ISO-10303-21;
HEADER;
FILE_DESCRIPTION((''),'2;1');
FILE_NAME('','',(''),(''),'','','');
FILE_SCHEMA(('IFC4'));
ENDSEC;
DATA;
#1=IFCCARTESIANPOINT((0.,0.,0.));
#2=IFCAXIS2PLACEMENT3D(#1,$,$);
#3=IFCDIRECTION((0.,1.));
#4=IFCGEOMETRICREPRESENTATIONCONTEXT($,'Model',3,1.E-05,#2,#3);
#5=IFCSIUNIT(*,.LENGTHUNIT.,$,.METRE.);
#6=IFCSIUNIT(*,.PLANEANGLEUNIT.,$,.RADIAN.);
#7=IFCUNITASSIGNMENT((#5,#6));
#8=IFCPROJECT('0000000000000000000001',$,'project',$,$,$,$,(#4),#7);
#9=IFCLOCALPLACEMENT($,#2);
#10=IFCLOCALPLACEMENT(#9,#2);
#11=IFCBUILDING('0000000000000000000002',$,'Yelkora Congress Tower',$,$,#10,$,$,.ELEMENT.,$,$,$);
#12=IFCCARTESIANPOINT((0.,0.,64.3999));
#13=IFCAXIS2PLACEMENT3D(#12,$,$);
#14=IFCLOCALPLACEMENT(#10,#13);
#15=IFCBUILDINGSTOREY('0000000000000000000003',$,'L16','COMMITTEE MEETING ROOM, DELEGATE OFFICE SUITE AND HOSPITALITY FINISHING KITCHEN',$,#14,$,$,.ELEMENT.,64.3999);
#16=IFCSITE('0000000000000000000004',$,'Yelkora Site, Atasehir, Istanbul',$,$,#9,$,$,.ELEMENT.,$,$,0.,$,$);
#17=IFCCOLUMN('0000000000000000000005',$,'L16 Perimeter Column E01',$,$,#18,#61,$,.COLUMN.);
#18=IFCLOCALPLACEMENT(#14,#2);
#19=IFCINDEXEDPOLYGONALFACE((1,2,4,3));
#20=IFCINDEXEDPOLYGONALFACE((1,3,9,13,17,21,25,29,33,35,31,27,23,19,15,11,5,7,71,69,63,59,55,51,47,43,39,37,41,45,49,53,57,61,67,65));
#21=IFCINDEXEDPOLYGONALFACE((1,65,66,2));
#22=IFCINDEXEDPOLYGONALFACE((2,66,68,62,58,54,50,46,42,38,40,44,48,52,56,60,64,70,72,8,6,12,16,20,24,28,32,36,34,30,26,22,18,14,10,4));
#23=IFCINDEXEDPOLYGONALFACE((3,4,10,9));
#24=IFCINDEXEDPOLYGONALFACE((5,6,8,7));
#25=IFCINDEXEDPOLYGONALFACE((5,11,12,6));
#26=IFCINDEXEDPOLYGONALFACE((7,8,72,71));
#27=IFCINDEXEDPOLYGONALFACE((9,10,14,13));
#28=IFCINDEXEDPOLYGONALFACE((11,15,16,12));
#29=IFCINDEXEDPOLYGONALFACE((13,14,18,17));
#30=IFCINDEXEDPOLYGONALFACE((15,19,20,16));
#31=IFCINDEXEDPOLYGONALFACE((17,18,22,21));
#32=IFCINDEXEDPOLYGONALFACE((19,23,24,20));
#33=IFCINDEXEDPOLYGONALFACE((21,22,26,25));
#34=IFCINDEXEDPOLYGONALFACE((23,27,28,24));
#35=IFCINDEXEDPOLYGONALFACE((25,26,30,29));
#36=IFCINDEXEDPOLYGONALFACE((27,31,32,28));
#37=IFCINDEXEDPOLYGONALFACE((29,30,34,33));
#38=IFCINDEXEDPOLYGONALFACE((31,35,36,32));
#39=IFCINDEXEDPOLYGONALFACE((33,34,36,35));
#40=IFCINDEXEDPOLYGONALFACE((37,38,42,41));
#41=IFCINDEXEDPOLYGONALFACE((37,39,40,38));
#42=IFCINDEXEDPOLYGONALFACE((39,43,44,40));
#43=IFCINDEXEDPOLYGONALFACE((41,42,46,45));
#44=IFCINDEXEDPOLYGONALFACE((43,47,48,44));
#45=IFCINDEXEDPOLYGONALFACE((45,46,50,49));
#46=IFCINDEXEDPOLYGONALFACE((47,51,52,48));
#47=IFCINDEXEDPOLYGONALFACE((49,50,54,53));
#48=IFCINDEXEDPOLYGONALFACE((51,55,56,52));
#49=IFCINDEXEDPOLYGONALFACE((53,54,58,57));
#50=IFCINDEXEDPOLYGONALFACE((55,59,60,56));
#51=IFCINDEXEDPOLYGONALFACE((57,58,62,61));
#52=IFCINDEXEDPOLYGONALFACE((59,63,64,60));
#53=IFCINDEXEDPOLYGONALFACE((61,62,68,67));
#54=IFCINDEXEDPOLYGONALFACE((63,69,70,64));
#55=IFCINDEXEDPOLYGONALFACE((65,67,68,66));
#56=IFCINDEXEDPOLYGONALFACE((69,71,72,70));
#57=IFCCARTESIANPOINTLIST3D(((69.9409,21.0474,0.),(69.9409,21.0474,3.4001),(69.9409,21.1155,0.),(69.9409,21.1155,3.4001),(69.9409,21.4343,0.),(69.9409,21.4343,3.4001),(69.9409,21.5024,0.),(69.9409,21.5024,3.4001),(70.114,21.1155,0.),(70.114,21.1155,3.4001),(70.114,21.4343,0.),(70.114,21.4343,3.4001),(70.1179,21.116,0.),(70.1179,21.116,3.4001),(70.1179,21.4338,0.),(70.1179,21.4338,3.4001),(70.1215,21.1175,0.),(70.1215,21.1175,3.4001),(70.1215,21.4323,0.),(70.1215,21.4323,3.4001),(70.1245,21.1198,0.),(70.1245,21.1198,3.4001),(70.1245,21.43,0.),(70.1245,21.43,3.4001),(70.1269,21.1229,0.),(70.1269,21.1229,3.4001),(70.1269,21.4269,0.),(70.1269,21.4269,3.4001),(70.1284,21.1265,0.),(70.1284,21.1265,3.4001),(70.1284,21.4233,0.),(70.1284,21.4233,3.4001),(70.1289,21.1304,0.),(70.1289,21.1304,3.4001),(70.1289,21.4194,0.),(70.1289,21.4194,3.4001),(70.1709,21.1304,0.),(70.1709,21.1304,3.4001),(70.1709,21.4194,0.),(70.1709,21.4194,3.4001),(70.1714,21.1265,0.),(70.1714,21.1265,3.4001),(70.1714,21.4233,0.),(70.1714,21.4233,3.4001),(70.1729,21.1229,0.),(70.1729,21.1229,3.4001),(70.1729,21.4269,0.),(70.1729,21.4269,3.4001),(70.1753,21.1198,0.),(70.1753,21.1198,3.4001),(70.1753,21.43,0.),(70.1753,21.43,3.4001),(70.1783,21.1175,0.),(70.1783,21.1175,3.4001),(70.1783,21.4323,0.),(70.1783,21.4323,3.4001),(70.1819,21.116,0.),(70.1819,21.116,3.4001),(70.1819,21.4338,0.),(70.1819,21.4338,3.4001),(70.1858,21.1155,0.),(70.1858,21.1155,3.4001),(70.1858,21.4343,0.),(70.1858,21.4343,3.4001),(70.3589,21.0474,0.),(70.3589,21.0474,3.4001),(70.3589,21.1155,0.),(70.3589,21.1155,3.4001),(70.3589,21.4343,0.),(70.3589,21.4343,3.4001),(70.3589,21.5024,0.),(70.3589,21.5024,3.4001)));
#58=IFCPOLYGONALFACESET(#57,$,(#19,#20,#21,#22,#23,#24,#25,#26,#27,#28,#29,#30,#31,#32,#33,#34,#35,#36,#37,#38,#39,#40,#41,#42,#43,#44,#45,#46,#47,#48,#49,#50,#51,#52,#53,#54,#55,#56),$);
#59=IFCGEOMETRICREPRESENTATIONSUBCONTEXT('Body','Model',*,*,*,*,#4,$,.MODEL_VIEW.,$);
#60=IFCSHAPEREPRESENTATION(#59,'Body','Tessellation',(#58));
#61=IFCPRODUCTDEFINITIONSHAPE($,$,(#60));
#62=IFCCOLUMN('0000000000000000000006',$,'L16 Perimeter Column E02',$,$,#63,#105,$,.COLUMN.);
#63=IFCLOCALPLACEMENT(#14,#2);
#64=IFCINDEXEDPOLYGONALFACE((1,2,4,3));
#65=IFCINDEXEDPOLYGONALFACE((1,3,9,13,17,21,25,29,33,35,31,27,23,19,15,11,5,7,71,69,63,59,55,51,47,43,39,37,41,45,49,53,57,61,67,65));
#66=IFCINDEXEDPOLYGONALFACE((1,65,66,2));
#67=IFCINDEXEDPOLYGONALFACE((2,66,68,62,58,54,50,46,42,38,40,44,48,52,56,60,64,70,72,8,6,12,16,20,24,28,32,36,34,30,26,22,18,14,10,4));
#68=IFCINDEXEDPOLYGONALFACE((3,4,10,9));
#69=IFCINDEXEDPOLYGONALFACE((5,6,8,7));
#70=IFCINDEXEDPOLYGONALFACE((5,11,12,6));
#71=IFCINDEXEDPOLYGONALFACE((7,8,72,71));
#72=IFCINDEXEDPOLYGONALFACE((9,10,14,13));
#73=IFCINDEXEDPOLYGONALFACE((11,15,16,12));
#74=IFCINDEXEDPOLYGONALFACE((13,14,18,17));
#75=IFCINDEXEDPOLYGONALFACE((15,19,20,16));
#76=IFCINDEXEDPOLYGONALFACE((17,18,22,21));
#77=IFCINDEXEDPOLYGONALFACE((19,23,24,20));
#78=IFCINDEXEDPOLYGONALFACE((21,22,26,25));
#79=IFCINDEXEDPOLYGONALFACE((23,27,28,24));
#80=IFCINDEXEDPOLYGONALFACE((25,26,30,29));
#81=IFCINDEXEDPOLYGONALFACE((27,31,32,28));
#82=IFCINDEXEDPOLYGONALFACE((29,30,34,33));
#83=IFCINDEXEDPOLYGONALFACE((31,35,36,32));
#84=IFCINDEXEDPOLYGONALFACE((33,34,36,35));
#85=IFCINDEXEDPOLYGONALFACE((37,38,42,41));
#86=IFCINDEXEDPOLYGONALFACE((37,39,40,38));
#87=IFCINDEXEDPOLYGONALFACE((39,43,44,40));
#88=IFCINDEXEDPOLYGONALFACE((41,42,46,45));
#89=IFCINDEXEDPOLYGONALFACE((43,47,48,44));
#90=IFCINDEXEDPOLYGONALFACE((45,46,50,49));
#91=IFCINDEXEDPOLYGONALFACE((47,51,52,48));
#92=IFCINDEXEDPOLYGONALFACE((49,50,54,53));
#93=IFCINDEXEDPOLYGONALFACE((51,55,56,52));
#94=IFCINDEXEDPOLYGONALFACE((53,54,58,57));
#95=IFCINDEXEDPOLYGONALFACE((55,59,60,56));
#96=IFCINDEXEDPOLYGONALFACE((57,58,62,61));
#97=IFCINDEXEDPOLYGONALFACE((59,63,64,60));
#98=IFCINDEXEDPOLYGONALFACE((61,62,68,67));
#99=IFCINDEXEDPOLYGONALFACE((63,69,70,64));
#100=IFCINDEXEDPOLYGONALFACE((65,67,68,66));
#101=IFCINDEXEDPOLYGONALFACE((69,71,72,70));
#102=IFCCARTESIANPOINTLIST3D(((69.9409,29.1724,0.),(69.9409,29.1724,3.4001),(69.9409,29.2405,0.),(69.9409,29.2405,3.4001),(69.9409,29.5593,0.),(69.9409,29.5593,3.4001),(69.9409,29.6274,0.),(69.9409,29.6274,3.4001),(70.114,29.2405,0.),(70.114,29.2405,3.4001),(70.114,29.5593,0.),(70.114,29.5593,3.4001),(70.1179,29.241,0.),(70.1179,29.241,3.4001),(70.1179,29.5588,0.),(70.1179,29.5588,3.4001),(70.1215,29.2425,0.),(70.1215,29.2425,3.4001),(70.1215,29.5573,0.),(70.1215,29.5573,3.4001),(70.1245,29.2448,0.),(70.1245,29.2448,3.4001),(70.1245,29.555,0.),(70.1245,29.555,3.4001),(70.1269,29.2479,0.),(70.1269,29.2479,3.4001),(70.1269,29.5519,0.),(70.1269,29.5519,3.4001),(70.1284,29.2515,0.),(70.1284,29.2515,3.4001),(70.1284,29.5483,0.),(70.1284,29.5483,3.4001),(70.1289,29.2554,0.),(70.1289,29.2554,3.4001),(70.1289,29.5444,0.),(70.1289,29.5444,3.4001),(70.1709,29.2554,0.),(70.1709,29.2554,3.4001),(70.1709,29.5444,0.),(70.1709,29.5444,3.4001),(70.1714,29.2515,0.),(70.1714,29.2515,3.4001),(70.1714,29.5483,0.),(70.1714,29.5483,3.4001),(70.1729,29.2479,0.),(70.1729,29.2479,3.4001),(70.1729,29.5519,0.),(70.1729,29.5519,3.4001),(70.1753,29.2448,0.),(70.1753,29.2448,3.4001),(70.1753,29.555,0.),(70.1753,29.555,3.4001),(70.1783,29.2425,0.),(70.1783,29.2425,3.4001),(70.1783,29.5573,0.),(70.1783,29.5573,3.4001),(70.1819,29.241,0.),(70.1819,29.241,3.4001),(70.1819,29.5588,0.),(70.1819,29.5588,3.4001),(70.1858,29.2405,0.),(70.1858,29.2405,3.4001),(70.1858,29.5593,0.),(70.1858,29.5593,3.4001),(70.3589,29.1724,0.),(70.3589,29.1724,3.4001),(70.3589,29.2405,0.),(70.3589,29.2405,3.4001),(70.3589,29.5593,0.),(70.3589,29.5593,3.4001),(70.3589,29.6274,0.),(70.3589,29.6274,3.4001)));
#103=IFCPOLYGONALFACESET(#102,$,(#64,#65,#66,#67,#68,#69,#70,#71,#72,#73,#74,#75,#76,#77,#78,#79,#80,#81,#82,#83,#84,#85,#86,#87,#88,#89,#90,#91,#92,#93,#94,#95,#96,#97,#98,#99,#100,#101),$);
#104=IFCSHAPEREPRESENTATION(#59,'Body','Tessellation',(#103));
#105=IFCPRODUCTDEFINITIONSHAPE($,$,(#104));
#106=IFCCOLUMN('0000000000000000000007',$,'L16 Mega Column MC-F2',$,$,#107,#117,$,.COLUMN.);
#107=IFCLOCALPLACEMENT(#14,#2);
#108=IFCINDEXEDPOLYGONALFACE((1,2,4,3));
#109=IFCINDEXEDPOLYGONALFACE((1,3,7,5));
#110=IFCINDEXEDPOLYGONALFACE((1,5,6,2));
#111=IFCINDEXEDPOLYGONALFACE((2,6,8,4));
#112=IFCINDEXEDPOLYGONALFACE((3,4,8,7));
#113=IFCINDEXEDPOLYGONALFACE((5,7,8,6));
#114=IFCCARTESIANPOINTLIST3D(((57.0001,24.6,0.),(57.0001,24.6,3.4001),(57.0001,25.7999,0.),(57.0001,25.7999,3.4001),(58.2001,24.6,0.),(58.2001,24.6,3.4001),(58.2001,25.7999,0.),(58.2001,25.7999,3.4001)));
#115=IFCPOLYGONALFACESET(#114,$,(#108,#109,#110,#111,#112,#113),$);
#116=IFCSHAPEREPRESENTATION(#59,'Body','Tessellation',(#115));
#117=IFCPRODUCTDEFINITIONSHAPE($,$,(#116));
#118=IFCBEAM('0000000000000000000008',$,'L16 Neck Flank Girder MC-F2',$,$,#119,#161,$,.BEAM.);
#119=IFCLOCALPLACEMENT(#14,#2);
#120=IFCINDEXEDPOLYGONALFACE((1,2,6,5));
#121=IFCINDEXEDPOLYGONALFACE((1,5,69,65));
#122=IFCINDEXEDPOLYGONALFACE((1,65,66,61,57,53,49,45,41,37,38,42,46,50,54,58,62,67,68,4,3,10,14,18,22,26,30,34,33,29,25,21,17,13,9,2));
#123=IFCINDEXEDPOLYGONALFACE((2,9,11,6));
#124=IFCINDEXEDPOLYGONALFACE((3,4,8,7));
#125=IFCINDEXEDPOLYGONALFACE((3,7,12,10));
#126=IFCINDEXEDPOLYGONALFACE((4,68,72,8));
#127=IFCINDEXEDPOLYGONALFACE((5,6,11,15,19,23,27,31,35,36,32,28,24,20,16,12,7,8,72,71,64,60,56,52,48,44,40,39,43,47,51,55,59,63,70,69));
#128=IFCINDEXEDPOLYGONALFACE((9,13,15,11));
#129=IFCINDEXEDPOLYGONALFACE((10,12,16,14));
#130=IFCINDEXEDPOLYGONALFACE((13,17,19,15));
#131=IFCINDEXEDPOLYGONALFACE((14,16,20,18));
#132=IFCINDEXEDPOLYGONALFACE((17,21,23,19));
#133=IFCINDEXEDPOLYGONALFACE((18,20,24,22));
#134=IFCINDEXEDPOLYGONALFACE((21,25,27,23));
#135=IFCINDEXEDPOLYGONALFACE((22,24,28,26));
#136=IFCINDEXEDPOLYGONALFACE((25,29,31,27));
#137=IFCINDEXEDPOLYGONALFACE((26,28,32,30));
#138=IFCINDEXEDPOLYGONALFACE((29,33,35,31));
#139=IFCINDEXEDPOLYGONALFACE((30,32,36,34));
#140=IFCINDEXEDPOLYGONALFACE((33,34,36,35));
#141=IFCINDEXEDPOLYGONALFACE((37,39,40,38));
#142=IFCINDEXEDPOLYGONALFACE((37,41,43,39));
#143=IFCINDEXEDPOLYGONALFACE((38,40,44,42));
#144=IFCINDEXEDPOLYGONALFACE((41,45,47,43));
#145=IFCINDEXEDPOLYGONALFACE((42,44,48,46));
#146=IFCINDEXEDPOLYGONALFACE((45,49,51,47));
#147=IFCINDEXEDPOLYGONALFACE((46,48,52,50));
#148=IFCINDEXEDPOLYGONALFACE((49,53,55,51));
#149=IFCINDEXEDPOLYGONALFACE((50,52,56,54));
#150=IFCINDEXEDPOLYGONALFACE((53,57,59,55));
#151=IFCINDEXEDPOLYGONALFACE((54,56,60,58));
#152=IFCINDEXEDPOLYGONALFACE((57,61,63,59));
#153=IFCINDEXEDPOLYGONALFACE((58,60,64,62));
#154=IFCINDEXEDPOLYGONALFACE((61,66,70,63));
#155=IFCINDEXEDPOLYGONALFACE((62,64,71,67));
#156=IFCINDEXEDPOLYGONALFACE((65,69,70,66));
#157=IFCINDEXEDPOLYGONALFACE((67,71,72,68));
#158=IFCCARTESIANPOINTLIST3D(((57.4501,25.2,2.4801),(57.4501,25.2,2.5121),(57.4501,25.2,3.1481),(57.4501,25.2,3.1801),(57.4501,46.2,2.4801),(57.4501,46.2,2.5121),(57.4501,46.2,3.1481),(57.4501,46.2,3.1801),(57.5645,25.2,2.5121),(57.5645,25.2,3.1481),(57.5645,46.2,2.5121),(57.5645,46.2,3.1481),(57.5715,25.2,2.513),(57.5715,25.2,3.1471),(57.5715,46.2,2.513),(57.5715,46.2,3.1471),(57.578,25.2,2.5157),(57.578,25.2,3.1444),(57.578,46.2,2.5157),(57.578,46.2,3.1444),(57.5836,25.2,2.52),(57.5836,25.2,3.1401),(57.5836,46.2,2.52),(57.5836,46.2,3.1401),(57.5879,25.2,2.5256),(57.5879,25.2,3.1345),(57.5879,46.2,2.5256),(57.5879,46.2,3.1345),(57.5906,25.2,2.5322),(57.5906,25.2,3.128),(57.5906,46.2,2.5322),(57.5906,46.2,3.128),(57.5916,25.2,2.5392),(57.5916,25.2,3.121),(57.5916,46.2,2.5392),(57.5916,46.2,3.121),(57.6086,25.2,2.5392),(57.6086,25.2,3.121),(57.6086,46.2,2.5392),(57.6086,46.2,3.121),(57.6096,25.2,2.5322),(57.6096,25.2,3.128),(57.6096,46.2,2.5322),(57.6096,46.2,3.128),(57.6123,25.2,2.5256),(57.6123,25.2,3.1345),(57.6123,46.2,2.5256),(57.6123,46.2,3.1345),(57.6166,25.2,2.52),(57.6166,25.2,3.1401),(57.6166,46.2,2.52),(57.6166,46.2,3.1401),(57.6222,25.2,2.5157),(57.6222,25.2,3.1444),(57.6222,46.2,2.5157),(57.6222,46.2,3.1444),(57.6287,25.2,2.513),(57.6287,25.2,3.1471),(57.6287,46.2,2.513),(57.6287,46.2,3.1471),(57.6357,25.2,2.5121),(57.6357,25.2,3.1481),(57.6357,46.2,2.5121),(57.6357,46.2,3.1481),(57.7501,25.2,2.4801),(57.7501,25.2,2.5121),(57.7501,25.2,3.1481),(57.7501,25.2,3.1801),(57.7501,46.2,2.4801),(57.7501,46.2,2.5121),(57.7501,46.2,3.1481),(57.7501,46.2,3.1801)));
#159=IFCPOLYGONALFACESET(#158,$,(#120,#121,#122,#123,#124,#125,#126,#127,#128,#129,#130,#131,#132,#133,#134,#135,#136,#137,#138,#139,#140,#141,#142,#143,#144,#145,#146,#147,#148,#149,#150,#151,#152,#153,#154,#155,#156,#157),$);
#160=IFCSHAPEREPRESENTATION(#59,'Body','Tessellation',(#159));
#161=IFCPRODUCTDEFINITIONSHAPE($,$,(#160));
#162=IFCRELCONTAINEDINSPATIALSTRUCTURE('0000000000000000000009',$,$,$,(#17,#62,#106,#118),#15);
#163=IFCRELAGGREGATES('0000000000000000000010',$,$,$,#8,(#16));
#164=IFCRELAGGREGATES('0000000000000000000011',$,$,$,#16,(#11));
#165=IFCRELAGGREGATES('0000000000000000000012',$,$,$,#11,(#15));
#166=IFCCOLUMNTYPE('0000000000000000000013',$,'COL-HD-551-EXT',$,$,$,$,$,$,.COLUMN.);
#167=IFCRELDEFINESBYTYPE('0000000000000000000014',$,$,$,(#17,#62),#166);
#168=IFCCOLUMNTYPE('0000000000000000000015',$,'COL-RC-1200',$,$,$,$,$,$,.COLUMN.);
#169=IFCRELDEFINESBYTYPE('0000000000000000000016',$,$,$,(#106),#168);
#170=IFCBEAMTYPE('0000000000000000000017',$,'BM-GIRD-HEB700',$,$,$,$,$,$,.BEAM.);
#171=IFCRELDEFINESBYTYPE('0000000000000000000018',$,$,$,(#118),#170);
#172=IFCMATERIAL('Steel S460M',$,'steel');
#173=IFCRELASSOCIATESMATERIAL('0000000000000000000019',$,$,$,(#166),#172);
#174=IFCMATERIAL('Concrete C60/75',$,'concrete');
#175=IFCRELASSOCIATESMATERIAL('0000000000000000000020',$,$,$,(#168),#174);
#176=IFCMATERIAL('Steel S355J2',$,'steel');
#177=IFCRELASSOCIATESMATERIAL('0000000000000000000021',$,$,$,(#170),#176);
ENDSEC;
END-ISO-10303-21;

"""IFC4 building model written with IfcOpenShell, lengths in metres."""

from ifc_helpers import new_model, si_unit, direction, frame, origin, origin_2d, place, context, subcontext, project, spatial, rectangle, i_section, extrude, material, material_profile, profile_set, type_object, element, save


model = new_model("IFC4")

# Units and contexts
model_context = context("Model", 3, precision=1e-05, world=origin(), true_north=direction((0.0, 1.0)))
body_context = subcontext(model_context, "Body", "Model", "MODEL_VIEW")
ifc_project = project(units=[si_unit("LENGTHUNIT", "METRE"), si_unit("PLANEANGLEUNIT", "RADIAN")], contexts=[model_context])

# Site, building, storey
site_placement = place(None, origin())
site = spatial("IfcSite", under=ifc_project, at=site_placement, Name="Yelkora Site, Atasehir, Istanbul", CompositionType="ELEMENT", RefElevation=0.0)
building_placement = place(site_placement, origin())
building = spatial("IfcBuilding", under=site, at=building_placement, Name="Yelkora Congress Tower", CompositionType="ELEMENT")
storey_placement = place(building_placement, frame((0.0, 0.0, 64.3999)))
storey = spatial("IfcBuildingStorey", under=building, at=storey_placement, Name="L16", Description="COMMITTEE MEETING ROOM, DELEGATE OFFICE SUITE AND HOSPITALITY FINISHING KITCHEN", CompositionType="ELEMENT", Elevation=64.3999)

# Columns
ifc_material_1 = material(Name="Steel S460M", Category="steel")
ifc_material_profile_1 = material_profile(ifc_material_1, i_section(OverallWidth=0.418, OverallDepth=0.4551, WebThickness=0.042, FlangeThickness=0.0681, FilletRadius=0.0149, at=origin_2d()), Name="HD 400x551")
ifc_profile_set_1 = profile_set([ifc_material_profile_1], Name="Steel S460M")
column_type_1 = type_object("IfcColumnType", Name="COL-HD-551-EXT", PredefinedType="COLUMN", material=ifc_profile_set_1)
for number, where, z_axis, x_axis, name in (
    (1, (70.1499, 21.2749, 0.0), (0.0, 0.0, 1.0), (1.0, 0.0, 0.0), "L16 Perimeter Column E01"),
    (2, (70.1499, 29.3999, 0.0), (0.0, 0.0, 1.0), (1.0, 0.0, 0.0), "L16 Perimeter Column E02"),
):
    element("IfcColumn", number, at=place(storey_placement, frame(where, z_axis=z_axis, x_axis=x_axis)), inside=storey, type_object=column_type_1, Name=name, PredefinedType="COLUMN", context=body_context, shape_type="SweptSolid", body=[
        extrude(i_section(OverallWidth=0.418, OverallDepth=0.4551, WebThickness=0.042, FlangeThickness=0.0681, FilletRadius=0.0149, at=origin_2d()), origin(), (0.0, 0.0, 1.0), 3.4001),
    ])
ifc_material_2 = material(Name="Concrete C60/75", Category="concrete")
ifc_material_profile_2 = material_profile(ifc_material_2, rectangle(XDim=1.2, YDim=1.2, at=origin_2d()), Name="RC 1200x1200")
ifc_profile_set_2 = profile_set([ifc_material_profile_2], Name="Concrete C60/75")
column_type_2 = type_object("IfcColumnType", Name="COL-RC-1200", PredefinedType="COLUMN", material=ifc_profile_set_2)
column_placement = place(storey_placement, frame((57.6001, 25.2, 0.0), z_axis=(0.0, 0.0, 1.0), x_axis=(1.0, 0.0, 0.0)))
element("IfcColumn", 3, at=column_placement, inside=storey, type_object=column_type_2, Name="L16 Mega Column MC-F2", PredefinedType="COLUMN", context=body_context, shape_type="SweptSolid", body=[
    extrude(rectangle(XDim=1.2, YDim=1.2, at=origin_2d()), origin(), (0.0, 0.0, 1.0), 3.4001),
])

# Beam
ifc_material_3 = material(Name="Steel S355J2", Category="steel")
ifc_material_profile_3 = material_profile(ifc_material_3, i_section(OverallWidth=0.3, OverallDepth=0.7, WebThickness=0.0171, FlangeThickness=0.032, FilletRadius=0.0271, at=origin_2d()), Name="HEB 700")
ifc_profile_set_3 = profile_set([ifc_material_profile_3], Name="Steel S355J2")
beam_type_1 = type_object("IfcBeamType", Name="BM-GIRD-HEB700", PredefinedType="BEAM", material=ifc_profile_set_3)
beam_1_placement = place(storey_placement, frame((57.6001, 25.2, 2.8301), z_axis=(0.0, 1.0, 0.0), x_axis=(-1.0, 0.0, 0.0)))
element("IfcBeam", 4, at=beam_1_placement, inside=storey, type_object=beam_type_1, Name="L16 Neck Flank Girder MC-F2", PredefinedType="BEAM", context=body_context, shape_type="SweptSolid", body=[
    extrude(i_section(OverallWidth=0.3, OverallDepth=0.7, WebThickness=0.0171, FlangeThickness=0.032, FilletRadius=0.0271, at=origin_2d()), origin(), (0.0, 0.0, 1.0), 21.0),
])

save(model, "model.ifc")
